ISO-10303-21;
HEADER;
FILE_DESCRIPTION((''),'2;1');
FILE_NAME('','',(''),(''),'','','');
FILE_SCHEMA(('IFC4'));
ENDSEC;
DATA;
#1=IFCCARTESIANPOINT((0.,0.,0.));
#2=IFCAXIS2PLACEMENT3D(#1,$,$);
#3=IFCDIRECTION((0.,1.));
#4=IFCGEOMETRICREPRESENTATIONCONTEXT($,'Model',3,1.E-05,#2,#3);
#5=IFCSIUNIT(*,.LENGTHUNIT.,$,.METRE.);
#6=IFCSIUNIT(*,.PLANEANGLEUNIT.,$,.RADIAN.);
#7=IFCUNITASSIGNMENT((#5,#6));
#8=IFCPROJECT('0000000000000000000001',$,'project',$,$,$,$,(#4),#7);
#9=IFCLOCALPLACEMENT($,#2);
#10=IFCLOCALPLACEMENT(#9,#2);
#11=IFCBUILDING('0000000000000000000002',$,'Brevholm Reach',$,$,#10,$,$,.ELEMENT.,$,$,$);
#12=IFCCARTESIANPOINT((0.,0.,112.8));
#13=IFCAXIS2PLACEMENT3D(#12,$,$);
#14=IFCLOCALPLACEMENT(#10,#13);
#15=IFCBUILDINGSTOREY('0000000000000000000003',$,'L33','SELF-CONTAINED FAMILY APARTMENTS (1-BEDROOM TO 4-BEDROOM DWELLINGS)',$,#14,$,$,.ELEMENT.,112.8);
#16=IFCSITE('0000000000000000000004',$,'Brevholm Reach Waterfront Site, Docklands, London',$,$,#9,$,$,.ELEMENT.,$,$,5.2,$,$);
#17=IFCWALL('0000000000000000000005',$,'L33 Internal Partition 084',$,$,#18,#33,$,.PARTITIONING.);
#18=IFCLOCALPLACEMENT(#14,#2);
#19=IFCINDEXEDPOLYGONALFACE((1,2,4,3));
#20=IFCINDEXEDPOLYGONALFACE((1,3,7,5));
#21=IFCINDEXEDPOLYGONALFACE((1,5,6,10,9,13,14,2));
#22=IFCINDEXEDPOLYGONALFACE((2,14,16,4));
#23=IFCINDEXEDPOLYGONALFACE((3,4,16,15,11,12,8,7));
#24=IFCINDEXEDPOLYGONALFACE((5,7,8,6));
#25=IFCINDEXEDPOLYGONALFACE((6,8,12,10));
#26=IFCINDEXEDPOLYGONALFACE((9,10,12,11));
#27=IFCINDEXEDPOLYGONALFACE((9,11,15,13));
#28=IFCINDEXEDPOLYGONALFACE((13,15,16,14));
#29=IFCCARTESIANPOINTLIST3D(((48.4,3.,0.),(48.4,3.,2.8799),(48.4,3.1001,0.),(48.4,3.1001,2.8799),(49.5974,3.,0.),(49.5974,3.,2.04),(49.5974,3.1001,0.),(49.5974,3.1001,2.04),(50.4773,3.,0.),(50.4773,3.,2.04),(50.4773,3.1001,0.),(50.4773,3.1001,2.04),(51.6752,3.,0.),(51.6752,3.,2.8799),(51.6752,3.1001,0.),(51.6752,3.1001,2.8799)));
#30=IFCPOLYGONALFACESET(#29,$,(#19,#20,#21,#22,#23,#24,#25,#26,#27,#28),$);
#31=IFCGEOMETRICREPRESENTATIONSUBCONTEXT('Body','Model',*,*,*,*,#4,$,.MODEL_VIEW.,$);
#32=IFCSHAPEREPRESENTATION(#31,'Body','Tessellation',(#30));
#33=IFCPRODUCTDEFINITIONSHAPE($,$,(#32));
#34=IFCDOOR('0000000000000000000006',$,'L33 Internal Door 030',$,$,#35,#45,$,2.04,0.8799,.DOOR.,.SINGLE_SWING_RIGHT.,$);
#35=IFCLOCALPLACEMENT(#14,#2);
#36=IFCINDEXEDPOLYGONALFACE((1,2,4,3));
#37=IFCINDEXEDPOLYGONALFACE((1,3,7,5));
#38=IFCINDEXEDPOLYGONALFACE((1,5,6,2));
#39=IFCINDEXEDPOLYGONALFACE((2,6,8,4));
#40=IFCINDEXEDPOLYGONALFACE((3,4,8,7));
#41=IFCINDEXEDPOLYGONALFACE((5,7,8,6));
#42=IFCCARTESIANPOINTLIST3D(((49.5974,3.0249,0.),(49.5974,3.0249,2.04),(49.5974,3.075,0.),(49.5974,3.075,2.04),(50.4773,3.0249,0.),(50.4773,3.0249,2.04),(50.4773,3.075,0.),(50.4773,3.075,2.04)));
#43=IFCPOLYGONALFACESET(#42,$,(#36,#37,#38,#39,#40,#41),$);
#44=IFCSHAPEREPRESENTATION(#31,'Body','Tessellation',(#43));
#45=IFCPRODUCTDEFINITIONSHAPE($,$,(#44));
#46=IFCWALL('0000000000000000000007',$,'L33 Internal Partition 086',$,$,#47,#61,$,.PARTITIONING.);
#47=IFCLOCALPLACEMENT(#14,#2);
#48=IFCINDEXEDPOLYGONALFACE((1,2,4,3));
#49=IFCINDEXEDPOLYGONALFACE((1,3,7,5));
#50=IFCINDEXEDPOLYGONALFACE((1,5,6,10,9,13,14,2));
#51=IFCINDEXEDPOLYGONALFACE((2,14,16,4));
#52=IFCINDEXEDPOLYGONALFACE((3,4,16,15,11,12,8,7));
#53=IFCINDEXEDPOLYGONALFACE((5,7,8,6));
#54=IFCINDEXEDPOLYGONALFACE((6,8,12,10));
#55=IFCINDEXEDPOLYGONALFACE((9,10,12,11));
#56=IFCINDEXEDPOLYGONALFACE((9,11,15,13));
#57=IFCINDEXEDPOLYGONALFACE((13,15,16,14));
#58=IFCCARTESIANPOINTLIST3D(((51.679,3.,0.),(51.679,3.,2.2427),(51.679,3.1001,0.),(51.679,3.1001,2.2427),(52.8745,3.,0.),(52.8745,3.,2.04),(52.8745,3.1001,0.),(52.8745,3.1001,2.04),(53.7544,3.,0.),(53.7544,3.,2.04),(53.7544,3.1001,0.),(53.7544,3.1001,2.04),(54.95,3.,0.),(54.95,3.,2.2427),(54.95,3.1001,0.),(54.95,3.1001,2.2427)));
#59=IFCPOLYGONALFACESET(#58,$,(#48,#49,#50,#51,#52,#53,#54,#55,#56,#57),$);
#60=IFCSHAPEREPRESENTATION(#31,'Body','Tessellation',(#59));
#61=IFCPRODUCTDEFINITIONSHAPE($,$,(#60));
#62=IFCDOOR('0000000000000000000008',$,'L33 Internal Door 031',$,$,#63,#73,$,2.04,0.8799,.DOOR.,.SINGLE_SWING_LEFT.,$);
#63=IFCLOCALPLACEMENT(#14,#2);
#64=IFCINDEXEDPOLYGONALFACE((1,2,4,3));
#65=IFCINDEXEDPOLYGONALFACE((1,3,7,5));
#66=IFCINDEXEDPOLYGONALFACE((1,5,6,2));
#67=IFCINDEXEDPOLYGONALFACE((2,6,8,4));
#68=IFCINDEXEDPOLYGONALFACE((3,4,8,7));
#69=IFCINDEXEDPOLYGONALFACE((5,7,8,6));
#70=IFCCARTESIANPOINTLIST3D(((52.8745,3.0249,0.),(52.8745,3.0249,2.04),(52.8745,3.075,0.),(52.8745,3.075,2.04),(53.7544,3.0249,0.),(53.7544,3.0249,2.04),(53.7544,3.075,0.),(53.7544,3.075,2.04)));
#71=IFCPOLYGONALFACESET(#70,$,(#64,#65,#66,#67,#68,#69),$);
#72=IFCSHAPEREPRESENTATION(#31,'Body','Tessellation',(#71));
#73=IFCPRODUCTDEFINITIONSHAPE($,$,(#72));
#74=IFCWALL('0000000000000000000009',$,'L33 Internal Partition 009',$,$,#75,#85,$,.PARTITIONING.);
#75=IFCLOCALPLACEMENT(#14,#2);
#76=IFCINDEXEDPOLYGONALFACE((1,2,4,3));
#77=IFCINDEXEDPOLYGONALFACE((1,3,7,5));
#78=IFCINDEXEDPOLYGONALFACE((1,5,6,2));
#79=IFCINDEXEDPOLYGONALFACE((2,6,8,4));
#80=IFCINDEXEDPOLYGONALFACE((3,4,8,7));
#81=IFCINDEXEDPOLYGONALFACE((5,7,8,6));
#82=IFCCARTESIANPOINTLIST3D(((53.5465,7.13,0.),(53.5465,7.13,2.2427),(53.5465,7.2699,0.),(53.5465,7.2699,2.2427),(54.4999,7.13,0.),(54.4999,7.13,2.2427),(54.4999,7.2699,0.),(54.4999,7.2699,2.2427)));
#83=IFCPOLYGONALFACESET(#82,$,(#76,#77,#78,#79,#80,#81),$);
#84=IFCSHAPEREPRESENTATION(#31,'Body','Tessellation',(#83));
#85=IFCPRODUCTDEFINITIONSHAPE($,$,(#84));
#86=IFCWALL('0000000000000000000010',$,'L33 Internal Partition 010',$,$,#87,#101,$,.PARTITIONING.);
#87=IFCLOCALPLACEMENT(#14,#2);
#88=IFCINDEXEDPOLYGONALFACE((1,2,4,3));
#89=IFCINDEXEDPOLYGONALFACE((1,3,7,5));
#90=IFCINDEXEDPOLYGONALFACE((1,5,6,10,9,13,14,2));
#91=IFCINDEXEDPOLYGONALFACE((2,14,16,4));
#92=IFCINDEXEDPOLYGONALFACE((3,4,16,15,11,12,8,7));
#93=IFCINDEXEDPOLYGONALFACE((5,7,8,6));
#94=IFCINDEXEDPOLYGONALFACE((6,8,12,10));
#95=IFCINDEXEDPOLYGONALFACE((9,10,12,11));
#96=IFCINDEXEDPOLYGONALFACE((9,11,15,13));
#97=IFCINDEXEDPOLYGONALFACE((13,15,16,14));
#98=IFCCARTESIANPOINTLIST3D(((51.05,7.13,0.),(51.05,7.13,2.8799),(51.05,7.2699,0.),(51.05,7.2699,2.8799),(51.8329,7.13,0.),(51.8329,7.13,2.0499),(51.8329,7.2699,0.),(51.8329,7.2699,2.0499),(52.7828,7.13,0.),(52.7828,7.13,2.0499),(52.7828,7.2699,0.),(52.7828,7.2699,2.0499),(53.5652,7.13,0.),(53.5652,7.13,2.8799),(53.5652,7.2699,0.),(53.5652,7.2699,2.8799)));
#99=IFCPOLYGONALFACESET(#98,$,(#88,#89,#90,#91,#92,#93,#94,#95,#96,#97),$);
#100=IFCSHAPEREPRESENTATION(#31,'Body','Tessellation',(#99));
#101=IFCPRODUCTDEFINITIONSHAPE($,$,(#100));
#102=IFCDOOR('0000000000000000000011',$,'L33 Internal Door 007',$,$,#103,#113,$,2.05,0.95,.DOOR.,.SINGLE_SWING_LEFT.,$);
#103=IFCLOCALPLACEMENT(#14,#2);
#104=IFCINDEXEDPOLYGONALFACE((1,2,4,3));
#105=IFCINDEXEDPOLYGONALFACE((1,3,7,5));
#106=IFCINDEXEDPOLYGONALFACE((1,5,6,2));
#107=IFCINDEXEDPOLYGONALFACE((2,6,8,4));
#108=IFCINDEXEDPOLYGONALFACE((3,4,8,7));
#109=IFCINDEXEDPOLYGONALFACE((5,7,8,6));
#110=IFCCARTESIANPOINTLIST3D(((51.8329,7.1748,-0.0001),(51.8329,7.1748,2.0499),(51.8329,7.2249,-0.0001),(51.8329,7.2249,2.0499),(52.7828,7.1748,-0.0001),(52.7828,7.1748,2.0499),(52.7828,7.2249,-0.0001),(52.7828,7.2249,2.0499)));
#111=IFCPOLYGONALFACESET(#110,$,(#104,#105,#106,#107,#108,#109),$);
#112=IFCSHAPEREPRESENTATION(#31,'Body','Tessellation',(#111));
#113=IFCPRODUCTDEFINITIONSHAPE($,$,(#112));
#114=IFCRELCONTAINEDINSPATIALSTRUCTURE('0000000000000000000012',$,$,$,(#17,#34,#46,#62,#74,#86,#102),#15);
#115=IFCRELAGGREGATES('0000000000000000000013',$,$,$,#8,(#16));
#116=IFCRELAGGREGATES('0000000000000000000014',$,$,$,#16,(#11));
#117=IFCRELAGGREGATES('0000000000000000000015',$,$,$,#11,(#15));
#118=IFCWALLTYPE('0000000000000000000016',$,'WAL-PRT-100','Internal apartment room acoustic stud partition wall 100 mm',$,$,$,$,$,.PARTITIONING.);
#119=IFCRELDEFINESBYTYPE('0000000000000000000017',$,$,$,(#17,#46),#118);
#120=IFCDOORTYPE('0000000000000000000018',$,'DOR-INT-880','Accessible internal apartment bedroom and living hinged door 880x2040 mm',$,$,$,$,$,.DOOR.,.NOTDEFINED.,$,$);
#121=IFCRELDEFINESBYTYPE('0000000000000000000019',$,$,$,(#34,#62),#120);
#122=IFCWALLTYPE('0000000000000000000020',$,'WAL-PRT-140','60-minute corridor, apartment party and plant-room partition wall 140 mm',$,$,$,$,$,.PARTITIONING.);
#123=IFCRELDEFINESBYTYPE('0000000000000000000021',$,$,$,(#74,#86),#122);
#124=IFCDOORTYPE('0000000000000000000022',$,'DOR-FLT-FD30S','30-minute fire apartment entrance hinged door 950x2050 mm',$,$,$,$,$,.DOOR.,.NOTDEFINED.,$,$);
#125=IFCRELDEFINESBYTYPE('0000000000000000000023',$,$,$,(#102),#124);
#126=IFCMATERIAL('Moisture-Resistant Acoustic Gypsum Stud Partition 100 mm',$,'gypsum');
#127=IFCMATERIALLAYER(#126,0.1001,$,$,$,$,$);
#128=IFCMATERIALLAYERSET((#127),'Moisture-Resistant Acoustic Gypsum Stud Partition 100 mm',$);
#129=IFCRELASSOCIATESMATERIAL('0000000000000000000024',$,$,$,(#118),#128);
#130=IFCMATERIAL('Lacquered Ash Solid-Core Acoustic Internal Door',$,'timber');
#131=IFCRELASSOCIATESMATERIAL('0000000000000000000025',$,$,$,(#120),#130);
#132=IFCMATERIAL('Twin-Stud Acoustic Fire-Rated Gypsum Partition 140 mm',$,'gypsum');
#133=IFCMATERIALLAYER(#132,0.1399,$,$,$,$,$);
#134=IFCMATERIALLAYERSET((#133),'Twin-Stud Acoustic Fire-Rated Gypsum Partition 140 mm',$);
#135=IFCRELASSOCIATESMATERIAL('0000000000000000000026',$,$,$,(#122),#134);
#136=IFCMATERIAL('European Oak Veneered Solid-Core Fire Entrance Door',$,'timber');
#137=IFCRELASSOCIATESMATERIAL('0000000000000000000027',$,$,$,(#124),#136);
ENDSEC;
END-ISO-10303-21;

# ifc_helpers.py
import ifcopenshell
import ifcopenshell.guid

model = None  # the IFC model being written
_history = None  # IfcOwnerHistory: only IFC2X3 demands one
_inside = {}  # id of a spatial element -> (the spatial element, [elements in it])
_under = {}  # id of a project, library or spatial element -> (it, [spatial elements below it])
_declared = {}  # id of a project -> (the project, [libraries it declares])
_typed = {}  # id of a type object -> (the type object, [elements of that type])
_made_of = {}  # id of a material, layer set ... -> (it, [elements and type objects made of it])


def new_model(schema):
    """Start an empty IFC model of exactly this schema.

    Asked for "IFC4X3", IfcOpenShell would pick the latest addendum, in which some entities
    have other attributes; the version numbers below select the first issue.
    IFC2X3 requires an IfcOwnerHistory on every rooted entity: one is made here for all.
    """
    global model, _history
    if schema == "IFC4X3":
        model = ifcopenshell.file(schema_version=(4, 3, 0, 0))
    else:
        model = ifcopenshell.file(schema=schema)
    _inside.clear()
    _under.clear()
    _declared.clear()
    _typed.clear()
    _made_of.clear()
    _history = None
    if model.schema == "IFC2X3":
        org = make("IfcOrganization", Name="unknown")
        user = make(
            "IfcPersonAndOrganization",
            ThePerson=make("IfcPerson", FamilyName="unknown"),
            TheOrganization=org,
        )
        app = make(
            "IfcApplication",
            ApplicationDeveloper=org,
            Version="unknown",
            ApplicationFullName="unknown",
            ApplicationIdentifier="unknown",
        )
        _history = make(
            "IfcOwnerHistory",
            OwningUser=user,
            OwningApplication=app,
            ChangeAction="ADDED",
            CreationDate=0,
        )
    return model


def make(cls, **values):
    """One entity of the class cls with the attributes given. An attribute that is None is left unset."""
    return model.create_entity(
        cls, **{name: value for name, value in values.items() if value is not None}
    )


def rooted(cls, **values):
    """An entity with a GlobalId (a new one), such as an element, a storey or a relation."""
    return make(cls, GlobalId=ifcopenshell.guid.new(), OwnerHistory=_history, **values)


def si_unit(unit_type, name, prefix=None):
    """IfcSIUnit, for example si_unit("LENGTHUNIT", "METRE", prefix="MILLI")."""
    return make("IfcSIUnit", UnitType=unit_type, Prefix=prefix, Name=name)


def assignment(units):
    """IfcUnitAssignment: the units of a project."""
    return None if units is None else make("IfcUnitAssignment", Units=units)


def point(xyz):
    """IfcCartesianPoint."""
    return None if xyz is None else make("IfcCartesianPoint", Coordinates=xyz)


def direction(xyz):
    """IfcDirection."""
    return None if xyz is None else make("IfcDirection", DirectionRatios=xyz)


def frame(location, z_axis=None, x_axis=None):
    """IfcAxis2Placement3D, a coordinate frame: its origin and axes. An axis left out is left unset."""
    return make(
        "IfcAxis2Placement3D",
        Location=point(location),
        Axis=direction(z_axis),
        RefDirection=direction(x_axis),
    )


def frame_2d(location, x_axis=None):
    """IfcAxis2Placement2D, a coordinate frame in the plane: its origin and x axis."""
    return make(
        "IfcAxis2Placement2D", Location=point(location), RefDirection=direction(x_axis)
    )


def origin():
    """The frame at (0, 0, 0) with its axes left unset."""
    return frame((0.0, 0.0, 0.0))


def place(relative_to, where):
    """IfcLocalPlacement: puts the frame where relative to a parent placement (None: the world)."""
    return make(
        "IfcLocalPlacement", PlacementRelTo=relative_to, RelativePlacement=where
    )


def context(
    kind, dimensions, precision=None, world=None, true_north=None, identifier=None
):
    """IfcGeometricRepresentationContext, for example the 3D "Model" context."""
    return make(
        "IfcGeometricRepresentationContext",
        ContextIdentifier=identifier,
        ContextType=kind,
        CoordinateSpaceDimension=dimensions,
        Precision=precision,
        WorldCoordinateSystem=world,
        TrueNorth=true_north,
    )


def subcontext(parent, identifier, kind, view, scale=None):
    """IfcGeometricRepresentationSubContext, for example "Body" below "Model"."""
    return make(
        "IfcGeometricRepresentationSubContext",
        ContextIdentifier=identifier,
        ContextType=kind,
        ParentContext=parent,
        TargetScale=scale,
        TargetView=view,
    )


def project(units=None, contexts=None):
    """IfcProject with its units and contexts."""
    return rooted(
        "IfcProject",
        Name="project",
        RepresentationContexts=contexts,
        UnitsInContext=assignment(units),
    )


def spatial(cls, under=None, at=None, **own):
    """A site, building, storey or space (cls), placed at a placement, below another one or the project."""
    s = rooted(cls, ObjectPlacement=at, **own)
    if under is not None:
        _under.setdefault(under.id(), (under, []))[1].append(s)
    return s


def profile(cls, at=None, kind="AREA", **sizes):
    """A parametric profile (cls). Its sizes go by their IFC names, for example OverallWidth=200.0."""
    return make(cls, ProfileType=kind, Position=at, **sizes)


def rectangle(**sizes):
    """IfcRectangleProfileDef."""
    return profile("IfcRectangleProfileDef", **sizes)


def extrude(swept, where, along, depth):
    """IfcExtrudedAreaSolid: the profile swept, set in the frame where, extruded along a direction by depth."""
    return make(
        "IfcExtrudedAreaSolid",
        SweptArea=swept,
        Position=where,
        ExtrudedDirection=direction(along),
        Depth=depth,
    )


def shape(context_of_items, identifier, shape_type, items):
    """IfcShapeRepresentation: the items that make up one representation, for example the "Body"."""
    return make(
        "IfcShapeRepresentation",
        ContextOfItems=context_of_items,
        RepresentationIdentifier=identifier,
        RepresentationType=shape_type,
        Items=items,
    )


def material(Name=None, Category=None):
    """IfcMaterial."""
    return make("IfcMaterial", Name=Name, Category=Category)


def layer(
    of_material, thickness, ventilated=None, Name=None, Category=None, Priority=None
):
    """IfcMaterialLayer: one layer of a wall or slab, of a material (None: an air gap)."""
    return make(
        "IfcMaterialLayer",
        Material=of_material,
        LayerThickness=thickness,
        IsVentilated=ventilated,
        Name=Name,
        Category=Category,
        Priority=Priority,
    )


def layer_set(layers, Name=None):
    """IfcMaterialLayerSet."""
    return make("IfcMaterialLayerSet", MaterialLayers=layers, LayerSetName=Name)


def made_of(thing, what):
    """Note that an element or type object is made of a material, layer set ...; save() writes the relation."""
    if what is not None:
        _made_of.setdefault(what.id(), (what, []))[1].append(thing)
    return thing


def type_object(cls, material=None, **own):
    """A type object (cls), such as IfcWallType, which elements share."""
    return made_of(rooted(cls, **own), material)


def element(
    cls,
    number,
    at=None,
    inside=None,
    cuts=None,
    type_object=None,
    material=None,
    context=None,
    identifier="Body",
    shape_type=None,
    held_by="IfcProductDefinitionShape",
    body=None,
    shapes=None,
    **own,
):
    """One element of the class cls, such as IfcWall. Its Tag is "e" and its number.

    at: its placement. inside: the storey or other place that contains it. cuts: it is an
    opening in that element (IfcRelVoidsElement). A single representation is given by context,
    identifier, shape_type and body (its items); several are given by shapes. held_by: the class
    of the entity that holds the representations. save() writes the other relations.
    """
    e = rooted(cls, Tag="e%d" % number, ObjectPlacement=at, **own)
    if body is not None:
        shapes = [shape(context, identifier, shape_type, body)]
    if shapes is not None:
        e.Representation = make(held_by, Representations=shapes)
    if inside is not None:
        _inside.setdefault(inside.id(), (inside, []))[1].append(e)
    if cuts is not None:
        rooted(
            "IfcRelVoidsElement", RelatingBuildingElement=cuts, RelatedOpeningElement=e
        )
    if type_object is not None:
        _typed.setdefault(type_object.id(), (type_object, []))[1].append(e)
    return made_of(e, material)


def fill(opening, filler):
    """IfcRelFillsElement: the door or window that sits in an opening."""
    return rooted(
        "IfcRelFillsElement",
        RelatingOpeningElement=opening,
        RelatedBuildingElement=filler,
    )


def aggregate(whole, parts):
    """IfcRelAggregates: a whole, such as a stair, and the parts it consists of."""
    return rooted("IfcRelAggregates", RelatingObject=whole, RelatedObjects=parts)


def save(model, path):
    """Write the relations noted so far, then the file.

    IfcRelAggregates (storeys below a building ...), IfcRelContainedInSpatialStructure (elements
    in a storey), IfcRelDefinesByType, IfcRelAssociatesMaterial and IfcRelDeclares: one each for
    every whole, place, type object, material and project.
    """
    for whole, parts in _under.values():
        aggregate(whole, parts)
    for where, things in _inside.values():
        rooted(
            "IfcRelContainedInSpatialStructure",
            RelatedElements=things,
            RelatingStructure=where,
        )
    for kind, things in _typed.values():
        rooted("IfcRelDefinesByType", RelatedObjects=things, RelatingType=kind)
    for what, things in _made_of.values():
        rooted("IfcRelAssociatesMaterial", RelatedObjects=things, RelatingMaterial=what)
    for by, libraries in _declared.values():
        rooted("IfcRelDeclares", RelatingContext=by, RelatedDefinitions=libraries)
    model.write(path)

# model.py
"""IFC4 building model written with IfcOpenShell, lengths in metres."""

from ifc_helpers import new_model, si_unit, direction, frame, frame_2d, origin, place, context, subcontext, project, spatial, rectangle, extrude, material, layer, layer_set, type_object, element, fill, save


model = new_model("IFC4")

# Units and contexts
model_context = context("Model", 3, precision=1e-05, world=origin(), true_north=direction((0.0, 1.0)))
body_context = subcontext(model_context, "Body", "Model", "MODEL_VIEW")
ifc_project = project(units=[si_unit("LENGTHUNIT", "METRE"), si_unit("PLANEANGLEUNIT", "RADIAN")], contexts=[model_context])

# Site, building, storey
site_placement = place(None, origin())
site = spatial("IfcSite", under=ifc_project, at=site_placement, Name="Brevholm Reach Waterfront Site, Docklands, London", CompositionType="ELEMENT", RefElevation=5.2)
building_placement = place(site_placement, origin())
building = spatial("IfcBuilding", under=site, at=building_placement, Name="Brevholm Reach", CompositionType="ELEMENT")
storey_placement = place(building_placement, frame((0.0, 0.0, 112.8)))
storey = spatial("IfcBuildingStorey", under=building, at=storey_placement, Name="L33", Description="SELF-CONTAINED FAMILY APARTMENTS (1-BEDROOM TO 4-BEDROOM DWELLINGS)", CompositionType="ELEMENT", Elevation=112.8)

# Shared definitions
ifc_material_1 = material(Name="Moisture-Resistant Acoustic Gypsum Stud Partition 100 mm", Category="gypsum")
ifc_layer_1 = layer(ifc_material_1, 0.1001)
ifc_layer_set_1 = layer_set([ifc_layer_1], Name="Moisture-Resistant Acoustic Gypsum Stud Partition 100 mm")
wall_type_1 = type_object("IfcWallType", Name="WAL-PRT-100", Description="Internal apartment room acoustic stud partition wall 100 mm", PredefinedType="PARTITIONING", material=ifc_layer_set_1)
ifc_material_2 = material(Name="Lacquered Ash Solid-Core Acoustic Internal Door", Category="timber")
door_type_1 = type_object("IfcDoorType", Name="DOR-INT-880", Description="Accessible internal apartment bedroom and living hinged door 880x2040 mm", OperationType="NOTDEFINED", PredefinedType="DOOR", material=ifc_material_2)

# Walls, openings, doors
wall_1_placement = place(storey_placement, frame((48.3999, 3.05, 0.0), z_axis=(0.0, 0.0, 1.0), x_axis=(1.0, 0.0, 0.0)))
wall_1 = element("IfcWall", 1, at=wall_1_placement, inside=storey, type_object=wall_type_1, Name="L33 Internal Partition 084", PredefinedType="PARTITIONING", context=body_context, shape_type="SweptSolid", body=[
    extrude(rectangle(XDim=3.2751, YDim=0.1001, at=frame_2d((1.6377, 0.0))), origin(), (0.0, 0.0, 1.0), 2.8799),
])
opening_1_placement = place(wall_1_placement, frame((1.1975, 0.0, 0.0)))
opening_1 = element("IfcOpeningElement", 2, at=opening_1_placement, cuts=wall_1, PredefinedType="OPENING", context=body_context, shape_type="SweptSolid", body=[
    extrude(rectangle(XDim=0.8799, YDim=2.04, at=frame_2d((0.4399, 1.02))), frame((0.0, 0.0601, 0.0), z_axis=(0.0, -1.0, 0.0), x_axis=(1.0, 0.0, 0.0)), (0.0, 0.0, 1.0), 0.1201),
])
door_1_placement = place(opening_1_placement, origin())
door_1 = element("IfcDoor", 3, at=door_1_placement, inside=storey, type_object=door_type_1, Name="L33 Internal Door 030", OperationType="SINGLE_SWING_RIGHT", OverallHeight=2.04, OverallWidth=0.8799, PredefinedType="DOOR", context=body_context, shape_type="SweptSolid", body=[
    extrude(rectangle(XDim=0.8799, YDim=2.04, at=frame_2d((0.4399, 1.02))), frame((0.0, 0.0249, 0.0), z_axis=(0.0, -1.0, 0.0), x_axis=(1.0, 0.0, 0.0)), (0.0, 0.0, 1.0), 0.05),
])
fill(opening_1, door_1)
wall_2_placement = place(storey_placement, frame((51.679, 3.05, 0.0), z_axis=(0.0, 0.0, 1.0), x_axis=(1.0, 0.0, 0.0)))
wall_2 = element("IfcWall", 4, at=wall_2_placement, inside=storey, type_object=wall_type_1, Name="L33 Internal Partition 086", PredefinedType="PARTITIONING", context=body_context, shape_type="SweptSolid", body=[
    extrude(rectangle(XDim=3.271, YDim=0.1001, at=frame_2d((1.6355, 0.0))), origin(), (0.0, 0.0, 1.0), 2.2427),
])
opening_2_placement = place(wall_2_placement, frame((1.1956, 0.0, 0.0)))
opening_2 = element("IfcOpeningElement", 5, at=opening_2_placement, cuts=wall_2, PredefinedType="OPENING", context=body_context, shape_type="SweptSolid", body=[
    extrude(rectangle(XDim=0.8799, YDim=2.04, at=frame_2d((0.4399, 1.02))), frame((0.0, 0.0601, 0.0), z_axis=(0.0, -1.0, 0.0), x_axis=(1.0, 0.0, 0.0)), (0.0, 0.0, 1.0), 0.1201),
])
door_2_placement = place(opening_2_placement, origin())
door_2 = element("IfcDoor", 6, at=door_2_placement, inside=storey, type_object=door_type_1, Name="L33 Internal Door 031", OperationType="SINGLE_SWING_LEFT", OverallHeight=2.04, OverallWidth=0.8799, PredefinedType="DOOR", context=body_context, shape_type="SweptSolid", body=[
    extrude(rectangle(XDim=0.8799, YDim=2.04, at=frame_2d((0.4399, 1.02))), frame((0.0, 0.0249, 0.0), z_axis=(0.0, -1.0, 0.0), x_axis=(1.0, 0.0, 0.0)), (0.0, 0.0, 1.0), 0.05),
])
fill(opening_2, door_2)

# Wall
ifc_material_3 = material(Name="Twin-Stud Acoustic Fire-Rated Gypsum Partition 140 mm", Category="gypsum")
ifc_layer_2 = layer(ifc_material_3, 0.1399)
ifc_layer_set_2 = layer_set([ifc_layer_2], Name="Twin-Stud Acoustic Fire-Rated Gypsum Partition 140 mm")
wall_type_2 = type_object("IfcWallType", Name="WAL-PRT-140", Description="60-minute corridor, apartment party and plant-room partition wall 140 mm", PredefinedType="PARTITIONING", material=ifc_layer_set_2)
wall_3_placement = place(storey_placement, frame((53.5466, 7.2, 0.0), z_axis=(0.0, 0.0, 1.0), x_axis=(1.0, 0.0, 0.0)))
element("IfcWall", 7, at=wall_3_placement, inside=storey, type_object=wall_type_2, Name="L33 Internal Partition 009", PredefinedType="PARTITIONING", context=body_context, shape_type="SweptSolid", body=[
    extrude(rectangle(XDim=0.9534, YDim=0.1399, at=frame_2d((0.4766, 0.0))), origin(), (0.0, 0.0, 1.0), 2.2427),
])

# Wall, opening, door
wall_4_placement = place(storey_placement, frame((51.05, 7.2, 0.0), z_axis=(0.0, 0.0, 1.0), x_axis=(1.0, 0.0, 0.0)))
wall_4 = element("IfcWall", 8, at=wall_4_placement, inside=storey, type_object=wall_type_2, Name="L33 Internal Partition 010", PredefinedType="PARTITIONING", context=body_context, shape_type="SweptSolid", body=[
    extrude(rectangle(XDim=2.5151, YDim=0.1399, at=frame_2d((1.2576, 0.0))), origin(), (0.0, 0.0, 1.0), 2.8799),
])
opening_3_placement = place(wall_4_placement, frame((0.7827, 0.0, 0.0)))
opening_3 = element("IfcOpeningElement", 9, at=opening_3_placement, cuts=wall_4, PredefinedType="OPENING", context=body_context, shape_type="SweptSolid", body=[
    extrude(rectangle(XDim=0.95, YDim=2.05, at=frame_2d((0.4751, 1.0249))), frame((0.0, 0.0798, 0.0), z_axis=(0.0, -1.0, 0.0), x_axis=(1.0, 0.0, 0.0)), (0.0, 0.0, 1.0), 0.1599),
])
ifc_material_4 = material(Name="European Oak Veneered Solid-Core Fire Entrance Door", Category="timber")
door_type_2 = type_object("IfcDoorType", Name="DOR-FLT-FD30S", Description="30-minute fire apartment entrance hinged door 950x2050 mm", OperationType="NOTDEFINED", PredefinedType="DOOR", material=ifc_material_4)
door_3_placement = place(opening_3_placement, origin())
door_3 = element("IfcDoor", 10, at=door_3_placement, inside=storey, type_object=door_type_2, Name="L33 Internal Door 007", OperationType="SINGLE_SWING_LEFT", OverallHeight=2.05, OverallWidth=0.95, PredefinedType="DOOR", context=body_context, shape_type="SweptSolid", body=[
    extrude(rectangle(XDim=0.95, YDim=2.05, at=frame_2d((0.4751, 1.0249))), frame((0.0, 0.0249, 0.0), z_axis=(0.0, -1.0, 0.0), x_axis=(1.0, 0.0, 0.0)), (0.0, 0.0, 1.0), 0.05),
])
fill(opening_3, door_3)

save(model, "model.ifc")
